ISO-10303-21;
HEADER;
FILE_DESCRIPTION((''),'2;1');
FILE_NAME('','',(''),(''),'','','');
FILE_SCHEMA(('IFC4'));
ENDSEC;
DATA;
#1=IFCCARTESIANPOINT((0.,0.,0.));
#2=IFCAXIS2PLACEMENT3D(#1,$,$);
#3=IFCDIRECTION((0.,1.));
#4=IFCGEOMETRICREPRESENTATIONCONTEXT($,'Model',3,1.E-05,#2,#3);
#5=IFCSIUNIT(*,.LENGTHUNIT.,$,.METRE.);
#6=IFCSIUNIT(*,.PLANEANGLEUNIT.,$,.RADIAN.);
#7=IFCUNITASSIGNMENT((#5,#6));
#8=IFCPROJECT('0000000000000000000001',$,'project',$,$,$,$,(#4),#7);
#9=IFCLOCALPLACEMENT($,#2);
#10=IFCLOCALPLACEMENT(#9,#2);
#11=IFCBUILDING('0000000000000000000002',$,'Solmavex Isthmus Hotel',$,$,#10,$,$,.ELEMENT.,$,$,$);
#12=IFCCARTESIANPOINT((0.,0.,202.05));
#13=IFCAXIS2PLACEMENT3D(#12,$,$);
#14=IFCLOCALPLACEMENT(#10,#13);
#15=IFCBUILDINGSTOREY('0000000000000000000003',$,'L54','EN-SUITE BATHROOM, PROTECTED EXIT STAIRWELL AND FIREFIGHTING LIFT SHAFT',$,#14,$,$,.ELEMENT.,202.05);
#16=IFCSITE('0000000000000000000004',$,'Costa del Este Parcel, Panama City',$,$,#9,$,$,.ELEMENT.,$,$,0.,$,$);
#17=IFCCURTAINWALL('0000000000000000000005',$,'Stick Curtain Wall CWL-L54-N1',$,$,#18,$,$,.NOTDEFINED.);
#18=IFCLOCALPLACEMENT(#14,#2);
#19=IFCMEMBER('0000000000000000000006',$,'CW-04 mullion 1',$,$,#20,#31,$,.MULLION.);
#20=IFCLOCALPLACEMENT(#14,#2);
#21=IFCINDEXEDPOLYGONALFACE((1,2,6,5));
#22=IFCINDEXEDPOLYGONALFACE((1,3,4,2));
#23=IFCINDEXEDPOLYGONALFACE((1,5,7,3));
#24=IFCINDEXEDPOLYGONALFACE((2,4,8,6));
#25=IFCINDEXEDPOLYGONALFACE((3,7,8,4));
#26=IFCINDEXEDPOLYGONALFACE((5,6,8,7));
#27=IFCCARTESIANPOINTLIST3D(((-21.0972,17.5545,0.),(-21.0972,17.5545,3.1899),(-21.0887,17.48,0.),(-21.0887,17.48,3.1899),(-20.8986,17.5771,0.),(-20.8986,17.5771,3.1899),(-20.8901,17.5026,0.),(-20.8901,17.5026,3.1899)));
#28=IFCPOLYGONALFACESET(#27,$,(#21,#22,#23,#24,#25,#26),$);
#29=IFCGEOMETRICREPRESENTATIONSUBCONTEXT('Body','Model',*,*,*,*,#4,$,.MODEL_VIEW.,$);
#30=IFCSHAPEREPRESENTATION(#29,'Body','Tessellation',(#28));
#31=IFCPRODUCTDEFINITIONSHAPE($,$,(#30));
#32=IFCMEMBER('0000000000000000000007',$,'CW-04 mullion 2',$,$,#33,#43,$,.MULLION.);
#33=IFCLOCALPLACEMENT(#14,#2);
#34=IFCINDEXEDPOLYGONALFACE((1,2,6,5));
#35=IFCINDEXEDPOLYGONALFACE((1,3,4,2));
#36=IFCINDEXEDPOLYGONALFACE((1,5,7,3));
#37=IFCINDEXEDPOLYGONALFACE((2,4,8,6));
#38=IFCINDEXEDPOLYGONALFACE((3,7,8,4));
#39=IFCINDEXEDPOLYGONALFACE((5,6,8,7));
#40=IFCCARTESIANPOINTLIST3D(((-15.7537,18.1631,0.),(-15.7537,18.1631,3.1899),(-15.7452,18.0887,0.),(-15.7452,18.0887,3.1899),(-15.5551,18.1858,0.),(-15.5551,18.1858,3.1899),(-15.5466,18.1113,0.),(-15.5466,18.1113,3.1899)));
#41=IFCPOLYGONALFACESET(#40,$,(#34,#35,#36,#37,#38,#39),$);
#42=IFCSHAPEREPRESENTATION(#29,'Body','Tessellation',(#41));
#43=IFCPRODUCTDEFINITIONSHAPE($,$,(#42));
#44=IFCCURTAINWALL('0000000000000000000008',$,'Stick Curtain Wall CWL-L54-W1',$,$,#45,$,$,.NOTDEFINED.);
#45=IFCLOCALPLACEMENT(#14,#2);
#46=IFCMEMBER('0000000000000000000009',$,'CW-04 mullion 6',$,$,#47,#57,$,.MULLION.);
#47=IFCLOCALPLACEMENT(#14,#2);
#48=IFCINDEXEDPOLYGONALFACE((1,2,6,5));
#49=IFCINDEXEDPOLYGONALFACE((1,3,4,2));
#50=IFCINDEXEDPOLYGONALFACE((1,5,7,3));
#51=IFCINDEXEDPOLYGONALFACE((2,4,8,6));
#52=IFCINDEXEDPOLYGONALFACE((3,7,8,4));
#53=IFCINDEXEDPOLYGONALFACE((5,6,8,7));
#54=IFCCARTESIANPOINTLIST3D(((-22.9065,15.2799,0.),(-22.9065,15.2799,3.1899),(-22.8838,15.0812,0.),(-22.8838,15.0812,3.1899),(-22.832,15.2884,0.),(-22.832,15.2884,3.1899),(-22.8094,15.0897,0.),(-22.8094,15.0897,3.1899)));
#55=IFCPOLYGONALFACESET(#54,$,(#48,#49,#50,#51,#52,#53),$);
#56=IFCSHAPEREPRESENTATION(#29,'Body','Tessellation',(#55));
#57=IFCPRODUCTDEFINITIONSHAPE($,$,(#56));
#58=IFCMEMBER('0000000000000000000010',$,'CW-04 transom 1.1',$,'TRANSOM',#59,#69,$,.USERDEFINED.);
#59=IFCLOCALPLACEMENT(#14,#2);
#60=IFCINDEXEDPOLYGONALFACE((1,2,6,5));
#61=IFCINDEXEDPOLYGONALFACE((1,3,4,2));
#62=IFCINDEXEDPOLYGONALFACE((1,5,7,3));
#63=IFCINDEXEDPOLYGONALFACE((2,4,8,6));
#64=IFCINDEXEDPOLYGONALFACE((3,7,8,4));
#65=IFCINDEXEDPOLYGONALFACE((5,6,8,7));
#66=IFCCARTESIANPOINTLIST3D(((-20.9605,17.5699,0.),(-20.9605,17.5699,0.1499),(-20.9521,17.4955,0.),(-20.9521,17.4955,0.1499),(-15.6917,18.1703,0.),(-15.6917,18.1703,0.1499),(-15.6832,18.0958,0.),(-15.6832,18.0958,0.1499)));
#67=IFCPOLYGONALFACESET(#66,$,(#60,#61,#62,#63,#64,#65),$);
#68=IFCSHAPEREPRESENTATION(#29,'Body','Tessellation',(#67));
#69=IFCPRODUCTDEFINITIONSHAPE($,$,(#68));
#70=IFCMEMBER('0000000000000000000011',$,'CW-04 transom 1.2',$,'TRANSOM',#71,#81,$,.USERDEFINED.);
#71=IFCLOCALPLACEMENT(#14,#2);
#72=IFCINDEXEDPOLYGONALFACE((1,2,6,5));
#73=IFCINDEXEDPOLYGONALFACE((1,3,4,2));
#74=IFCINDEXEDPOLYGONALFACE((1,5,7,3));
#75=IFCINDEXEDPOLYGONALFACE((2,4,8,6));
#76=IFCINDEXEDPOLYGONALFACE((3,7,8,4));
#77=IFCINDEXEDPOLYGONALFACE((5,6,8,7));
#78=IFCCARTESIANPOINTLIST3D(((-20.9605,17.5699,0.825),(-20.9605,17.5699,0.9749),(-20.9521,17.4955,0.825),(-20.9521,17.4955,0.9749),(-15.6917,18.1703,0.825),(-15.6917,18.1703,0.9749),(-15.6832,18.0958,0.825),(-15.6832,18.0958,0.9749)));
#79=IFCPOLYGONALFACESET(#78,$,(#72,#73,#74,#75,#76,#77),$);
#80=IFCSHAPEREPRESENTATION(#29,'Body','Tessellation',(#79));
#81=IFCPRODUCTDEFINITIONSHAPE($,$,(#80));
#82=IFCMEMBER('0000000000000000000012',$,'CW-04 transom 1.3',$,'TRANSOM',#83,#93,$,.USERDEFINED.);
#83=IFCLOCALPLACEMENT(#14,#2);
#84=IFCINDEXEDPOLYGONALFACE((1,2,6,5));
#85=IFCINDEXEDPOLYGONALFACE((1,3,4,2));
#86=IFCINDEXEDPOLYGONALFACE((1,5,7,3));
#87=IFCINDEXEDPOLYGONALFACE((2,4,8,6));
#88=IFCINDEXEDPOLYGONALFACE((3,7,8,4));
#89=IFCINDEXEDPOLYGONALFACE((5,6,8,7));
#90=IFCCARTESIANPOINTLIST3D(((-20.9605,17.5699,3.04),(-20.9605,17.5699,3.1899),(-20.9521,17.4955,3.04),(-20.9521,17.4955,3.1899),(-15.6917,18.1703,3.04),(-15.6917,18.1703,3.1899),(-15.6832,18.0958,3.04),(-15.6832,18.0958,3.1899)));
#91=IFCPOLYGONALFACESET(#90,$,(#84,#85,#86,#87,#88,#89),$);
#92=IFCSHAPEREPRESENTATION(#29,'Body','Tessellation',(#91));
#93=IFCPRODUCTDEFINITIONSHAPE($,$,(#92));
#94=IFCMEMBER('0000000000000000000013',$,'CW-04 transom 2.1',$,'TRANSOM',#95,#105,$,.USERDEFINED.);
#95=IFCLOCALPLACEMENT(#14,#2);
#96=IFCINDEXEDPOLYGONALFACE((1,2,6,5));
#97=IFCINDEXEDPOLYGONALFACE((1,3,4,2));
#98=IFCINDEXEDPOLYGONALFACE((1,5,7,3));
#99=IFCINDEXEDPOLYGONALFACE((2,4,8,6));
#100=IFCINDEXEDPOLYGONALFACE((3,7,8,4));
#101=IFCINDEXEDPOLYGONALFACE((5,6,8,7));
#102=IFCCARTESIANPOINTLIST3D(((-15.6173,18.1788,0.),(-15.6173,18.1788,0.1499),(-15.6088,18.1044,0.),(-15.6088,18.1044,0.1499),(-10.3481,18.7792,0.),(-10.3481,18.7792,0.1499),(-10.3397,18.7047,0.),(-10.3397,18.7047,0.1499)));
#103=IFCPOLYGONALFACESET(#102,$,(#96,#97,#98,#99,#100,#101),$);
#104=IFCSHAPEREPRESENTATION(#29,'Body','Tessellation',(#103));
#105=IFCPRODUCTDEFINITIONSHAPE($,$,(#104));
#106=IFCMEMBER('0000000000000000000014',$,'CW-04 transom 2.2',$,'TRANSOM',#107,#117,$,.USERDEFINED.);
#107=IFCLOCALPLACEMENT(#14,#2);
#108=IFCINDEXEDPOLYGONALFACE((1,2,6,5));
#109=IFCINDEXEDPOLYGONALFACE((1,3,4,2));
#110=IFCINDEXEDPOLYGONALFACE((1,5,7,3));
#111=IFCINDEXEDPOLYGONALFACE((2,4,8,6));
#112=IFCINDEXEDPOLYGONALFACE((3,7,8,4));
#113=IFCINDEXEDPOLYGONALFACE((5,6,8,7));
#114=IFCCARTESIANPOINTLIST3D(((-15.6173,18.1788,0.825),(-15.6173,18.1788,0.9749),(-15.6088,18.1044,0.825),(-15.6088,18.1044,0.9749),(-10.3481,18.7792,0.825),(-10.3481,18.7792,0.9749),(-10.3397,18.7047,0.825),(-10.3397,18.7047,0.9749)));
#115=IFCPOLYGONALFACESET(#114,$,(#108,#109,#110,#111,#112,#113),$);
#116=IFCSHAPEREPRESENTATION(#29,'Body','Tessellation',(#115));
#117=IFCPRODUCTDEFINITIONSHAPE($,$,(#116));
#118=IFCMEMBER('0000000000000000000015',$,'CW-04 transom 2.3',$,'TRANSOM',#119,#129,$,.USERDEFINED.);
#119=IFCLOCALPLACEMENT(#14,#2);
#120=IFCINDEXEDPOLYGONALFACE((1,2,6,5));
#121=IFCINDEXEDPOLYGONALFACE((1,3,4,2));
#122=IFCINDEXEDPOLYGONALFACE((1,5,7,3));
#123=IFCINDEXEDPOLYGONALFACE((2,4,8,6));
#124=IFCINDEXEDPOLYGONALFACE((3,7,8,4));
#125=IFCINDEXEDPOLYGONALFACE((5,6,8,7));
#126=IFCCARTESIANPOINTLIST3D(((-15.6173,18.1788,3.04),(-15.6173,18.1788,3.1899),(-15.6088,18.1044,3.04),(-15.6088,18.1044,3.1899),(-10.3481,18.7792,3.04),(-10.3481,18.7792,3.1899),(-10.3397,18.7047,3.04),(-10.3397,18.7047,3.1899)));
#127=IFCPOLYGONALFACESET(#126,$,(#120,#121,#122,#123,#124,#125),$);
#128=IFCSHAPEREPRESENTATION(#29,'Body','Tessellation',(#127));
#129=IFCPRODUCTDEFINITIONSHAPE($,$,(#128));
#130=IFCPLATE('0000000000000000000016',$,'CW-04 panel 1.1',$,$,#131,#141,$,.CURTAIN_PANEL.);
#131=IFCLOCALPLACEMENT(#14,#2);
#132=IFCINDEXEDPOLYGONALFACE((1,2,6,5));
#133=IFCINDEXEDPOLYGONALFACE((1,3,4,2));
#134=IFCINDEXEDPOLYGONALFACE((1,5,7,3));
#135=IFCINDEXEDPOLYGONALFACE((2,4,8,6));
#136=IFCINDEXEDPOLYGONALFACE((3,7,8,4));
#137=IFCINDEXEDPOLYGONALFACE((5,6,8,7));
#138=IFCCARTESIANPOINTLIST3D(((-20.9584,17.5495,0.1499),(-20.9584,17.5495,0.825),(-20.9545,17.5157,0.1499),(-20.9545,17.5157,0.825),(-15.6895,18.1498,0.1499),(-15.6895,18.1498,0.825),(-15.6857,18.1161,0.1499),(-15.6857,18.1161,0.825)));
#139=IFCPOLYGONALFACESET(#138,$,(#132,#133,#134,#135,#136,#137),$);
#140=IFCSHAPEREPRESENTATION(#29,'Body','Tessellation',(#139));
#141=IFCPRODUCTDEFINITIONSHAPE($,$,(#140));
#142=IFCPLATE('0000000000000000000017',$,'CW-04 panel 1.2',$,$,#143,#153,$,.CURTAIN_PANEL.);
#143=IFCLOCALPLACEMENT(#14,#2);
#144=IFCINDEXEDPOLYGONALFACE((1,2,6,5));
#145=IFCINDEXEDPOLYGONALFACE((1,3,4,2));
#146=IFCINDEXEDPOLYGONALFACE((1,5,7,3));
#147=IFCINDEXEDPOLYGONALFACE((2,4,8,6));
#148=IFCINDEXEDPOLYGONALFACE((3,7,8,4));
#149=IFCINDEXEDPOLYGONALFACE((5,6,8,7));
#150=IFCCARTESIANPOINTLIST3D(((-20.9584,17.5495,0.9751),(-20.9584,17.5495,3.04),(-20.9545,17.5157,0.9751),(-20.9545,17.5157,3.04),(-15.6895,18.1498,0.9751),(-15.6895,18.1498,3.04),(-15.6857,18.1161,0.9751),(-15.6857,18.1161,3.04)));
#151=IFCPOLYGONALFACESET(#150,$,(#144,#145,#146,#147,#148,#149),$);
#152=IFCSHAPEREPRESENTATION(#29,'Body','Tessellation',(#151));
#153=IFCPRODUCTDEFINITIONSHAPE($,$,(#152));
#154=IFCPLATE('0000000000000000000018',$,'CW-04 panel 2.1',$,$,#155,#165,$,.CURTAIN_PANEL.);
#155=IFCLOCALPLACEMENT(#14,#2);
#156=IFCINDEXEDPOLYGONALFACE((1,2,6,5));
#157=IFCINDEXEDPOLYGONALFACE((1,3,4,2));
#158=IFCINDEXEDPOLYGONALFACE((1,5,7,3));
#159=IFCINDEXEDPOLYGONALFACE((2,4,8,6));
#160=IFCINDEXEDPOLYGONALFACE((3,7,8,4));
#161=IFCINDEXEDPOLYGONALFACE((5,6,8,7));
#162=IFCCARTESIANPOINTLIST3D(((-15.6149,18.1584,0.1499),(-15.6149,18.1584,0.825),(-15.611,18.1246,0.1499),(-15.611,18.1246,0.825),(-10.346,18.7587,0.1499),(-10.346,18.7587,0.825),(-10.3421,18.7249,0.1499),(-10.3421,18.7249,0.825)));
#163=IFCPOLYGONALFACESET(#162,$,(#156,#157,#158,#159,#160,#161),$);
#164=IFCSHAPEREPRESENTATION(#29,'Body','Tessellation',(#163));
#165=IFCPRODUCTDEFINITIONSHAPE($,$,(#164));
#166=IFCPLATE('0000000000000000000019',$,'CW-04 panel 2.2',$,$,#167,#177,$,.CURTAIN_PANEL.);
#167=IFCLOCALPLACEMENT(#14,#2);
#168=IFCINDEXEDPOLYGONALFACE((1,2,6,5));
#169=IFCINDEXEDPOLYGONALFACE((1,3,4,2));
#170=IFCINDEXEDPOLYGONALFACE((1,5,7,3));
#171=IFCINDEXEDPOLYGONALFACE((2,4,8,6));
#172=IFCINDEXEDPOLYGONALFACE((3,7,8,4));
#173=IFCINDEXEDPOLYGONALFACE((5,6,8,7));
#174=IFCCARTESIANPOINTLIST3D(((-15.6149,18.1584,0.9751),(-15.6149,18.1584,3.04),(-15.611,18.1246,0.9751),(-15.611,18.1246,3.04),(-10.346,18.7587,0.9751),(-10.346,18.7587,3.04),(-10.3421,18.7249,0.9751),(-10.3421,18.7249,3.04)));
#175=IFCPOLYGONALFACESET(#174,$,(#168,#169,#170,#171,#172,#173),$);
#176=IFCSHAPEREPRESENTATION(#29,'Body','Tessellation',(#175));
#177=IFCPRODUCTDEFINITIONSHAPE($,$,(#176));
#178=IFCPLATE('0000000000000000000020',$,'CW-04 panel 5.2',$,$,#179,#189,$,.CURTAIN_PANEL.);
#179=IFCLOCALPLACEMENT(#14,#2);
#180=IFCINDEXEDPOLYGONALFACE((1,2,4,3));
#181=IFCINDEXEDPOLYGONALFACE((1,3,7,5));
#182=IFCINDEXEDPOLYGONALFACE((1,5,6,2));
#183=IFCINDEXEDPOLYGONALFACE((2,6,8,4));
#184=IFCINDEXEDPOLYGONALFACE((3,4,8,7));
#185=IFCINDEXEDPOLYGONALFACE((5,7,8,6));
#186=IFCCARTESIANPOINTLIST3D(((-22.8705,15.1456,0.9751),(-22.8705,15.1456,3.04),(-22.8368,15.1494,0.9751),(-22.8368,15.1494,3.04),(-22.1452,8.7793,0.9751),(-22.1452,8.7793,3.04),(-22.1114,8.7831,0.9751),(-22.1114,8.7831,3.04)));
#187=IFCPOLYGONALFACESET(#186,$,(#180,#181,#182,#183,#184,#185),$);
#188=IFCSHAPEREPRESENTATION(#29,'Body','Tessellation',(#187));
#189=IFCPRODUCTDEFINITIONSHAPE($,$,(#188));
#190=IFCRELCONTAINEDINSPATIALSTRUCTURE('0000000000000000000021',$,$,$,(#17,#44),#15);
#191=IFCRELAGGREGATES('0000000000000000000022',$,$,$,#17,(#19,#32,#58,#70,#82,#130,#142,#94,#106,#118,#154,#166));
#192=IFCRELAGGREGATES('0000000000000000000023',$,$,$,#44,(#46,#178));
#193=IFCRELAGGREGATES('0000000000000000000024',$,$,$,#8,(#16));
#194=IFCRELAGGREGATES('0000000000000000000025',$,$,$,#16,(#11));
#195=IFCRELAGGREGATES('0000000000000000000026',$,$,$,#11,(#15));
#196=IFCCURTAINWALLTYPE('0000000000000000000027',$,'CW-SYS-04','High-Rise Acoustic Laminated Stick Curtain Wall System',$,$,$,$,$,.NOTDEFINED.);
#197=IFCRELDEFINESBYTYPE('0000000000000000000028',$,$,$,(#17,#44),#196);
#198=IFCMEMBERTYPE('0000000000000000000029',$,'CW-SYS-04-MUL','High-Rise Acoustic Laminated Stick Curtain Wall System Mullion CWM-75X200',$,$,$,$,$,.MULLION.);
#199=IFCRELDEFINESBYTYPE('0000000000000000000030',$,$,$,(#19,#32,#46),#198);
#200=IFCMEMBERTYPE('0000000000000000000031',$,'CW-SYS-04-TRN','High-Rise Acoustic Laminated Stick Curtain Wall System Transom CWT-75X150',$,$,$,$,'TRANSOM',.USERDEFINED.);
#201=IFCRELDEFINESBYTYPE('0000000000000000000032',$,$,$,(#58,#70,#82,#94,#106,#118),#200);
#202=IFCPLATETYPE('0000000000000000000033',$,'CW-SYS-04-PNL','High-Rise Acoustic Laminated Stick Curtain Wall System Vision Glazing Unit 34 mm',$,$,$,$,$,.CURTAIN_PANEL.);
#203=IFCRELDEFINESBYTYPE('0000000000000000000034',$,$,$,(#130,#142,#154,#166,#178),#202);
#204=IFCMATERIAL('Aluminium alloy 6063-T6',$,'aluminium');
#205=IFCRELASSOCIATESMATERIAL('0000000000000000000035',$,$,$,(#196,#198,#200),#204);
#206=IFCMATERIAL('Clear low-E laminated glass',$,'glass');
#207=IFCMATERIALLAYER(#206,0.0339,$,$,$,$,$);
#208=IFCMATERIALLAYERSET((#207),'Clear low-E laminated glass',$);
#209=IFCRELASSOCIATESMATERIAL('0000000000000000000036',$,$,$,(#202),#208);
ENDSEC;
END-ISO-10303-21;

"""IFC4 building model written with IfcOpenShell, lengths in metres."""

from ifc_helpers import new_model, si_unit, direction, frame, origin, origin_2d, place, context, subcontext, project, spatial, rectangle, extrude, material, layer, layer_set, material_profile, profile_set, type_object, element, aggregate, save


model = new_model("IFC4")

# Units and contexts
model_context = context("Model", 3, precision=1e-05, world=origin(), true_north=direction((0.0, 1.0)))
body_context = subcontext(model_context, "Body", "Model", "MODEL_VIEW")
ifc_project = project(units=[si_unit("LENGTHUNIT", "METRE"), si_unit("PLANEANGLEUNIT", "RADIAN")], contexts=[model_context])

# Site, building, storey
site_placement = place(None, origin())
site = spatial("IfcSite", under=ifc_project, at=site_placement, Name="Costa del Este Parcel, Panama City", CompositionType="ELEMENT", RefElevation=0.0)
building_placement = place(site_placement, origin())
building = spatial("IfcBuilding", under=site, at=building_placement, Name="Solmavex Isthmus Hotel", CompositionType="ELEMENT")
storey_placement = place(building_placement, frame((0.0, 0.0, 202.05)))
storey = spatial("IfcBuildingStorey", under=building, at=storey_placement, Name="L54", Description="EN-SUITE BATHROOM, PROTECTED EXIT STAIRWELL AND FIREFIGHTING LIFT SHAFT", CompositionType="ELEMENT", Elevation=202.05)

# Curtain wall, members
ifc_material_1 = material(Name="Aluminium alloy 6063-T6", Category="aluminium")
curtain_wall_type = type_object("IfcCurtainWallType", Name="CW-SYS-04", Description="High-Rise Acoustic Laminated Stick Curtain Wall System", PredefinedType="NOTDEFINED", material=ifc_material_1)
curtain_wall_1_placement = place(storey_placement, origin())
curtain_wall_1 = element("IfcCurtainWall", 1, at=curtain_wall_1_placement, inside=storey, type_object=curtain_wall_type, Name="Stick Curtain Wall CWL-L54-N1", PredefinedType="NOTDEFINED")
ifc_material_profile_1 = material_profile(ifc_material_1, rectangle(XDim=0.075, YDim=0.2, at=origin_2d()), Name="CWM-75X200")
ifc_profile_set_1 = profile_set([ifc_material_profile_1], Name="Aluminium alloy 6063-T6")
member_type_1 = type_object("IfcMemberType", Name="CW-SYS-04-MUL", Description="High-Rise Acoustic Laminated Stick Curtain Wall System Mullion CWM-75X200", PredefinedType="MULLION", material=ifc_profile_set_1)
member_1_placement = place(storey_placement, frame((-20.9937, 17.5286, 0.0), z_axis=(0.0, 0.0, 1.0), x_axis=(-0.113203, 0.993572, 0.0)))
member_1 = element("IfcMember", 2, at=member_1_placement, type_object=member_type_1, Name="CW-04 mullion 1", PredefinedType="MULLION", context=body_context, shape_type="SweptSolid", body=[
    extrude(rectangle(XDim=0.075, YDim=0.2, at=origin_2d()), origin(), (0.0, 0.0, 1.0), 3.1899),
])
member_2_placement = place(storey_placement, frame((-15.6501, 18.1372, 0.0), z_axis=(0.0, 0.0, 1.0), x_axis=(-0.113203, 0.993572, 0.0)))
member_2 = element("IfcMember", 3, at=member_2_placement, type_object=member_type_1, Name="CW-04 mullion 2", PredefinedType="MULLION", context=body_context, shape_type="SweptSolid", body=[
    extrude(rectangle(XDim=0.075, YDim=0.2, at=origin_2d()), origin(), (0.0, 0.0, 1.0), 3.1899),
])

# Curtain wall, member
curtain_wall_2_placement = place(storey_placement, origin())
curtain_wall_2 = element("IfcCurtainWall", 4, at=curtain_wall_2_placement, inside=storey, type_object=curtain_wall_type, Name="Stick Curtain Wall CWL-L54-W1", PredefinedType="NOTDEFINED")
member_3_placement = place(storey_placement, frame((-22.8579, 15.1848, 0.0), z_axis=(0.0, 0.0, 1.0), x_axis=(-0.993572, -0.113203, 0.0)))
member_3 = element("IfcMember", 5, at=member_3_placement, type_object=member_type_1, Name="CW-04 mullion 6", PredefinedType="MULLION", context=body_context, shape_type="SweptSolid", body=[
    extrude(rectangle(XDim=0.075, YDim=0.2, at=origin_2d()), origin(), (0.0, 0.0, 1.0), 3.1899),
])

# Members
ifc_material_profile_2 = material_profile(ifc_material_1, rectangle(XDim=0.075, YDim=0.1499, at=origin_2d()), Name="CWT-75X150")
ifc_profile_set_2 = profile_set([ifc_material_profile_2], Name="Aluminium alloy 6063-T6")
member_type_2 = type_object("IfcMemberType", Name="CW-SYS-04-TRN", Description="High-Rise Acoustic Laminated Stick Curtain Wall System Transom CWT-75X150", ElementType="TRANSOM", PredefinedType="USERDEFINED", material=ifc_profile_set_2)
member_4_placement = place(storey_placement, frame((-20.9563, 17.5327, 0.075), z_axis=(0.993571, 0.11321, 0.0), x_axis=(-0.11321, 0.993571, 0.0)))
member_4 = element("IfcMember", 6, at=member_4_placement, type_object=member_type_2, Name="CW-04 transom 1.1", ObjectType="TRANSOM", PredefinedType="USERDEFINED", context=body_context, shape_type="SweptSolid", body=[
    extrude(rectangle(XDim=0.075, YDim=0.1499, at=origin_2d()), origin(), (0.0, 0.0, 1.0), 5.303),
])
member_5_placement = place(storey_placement, frame((-20.9563, 17.5327, 0.8999), z_axis=(0.993571, 0.11321, 0.0), x_axis=(-0.11321, 0.993571, 0.0)))
member_5 = element("IfcMember", 7, at=member_5_placement, type_object=member_type_2, Name="CW-04 transom 1.2", ObjectType="TRANSOM", PredefinedType="USERDEFINED", context=body_context, shape_type="SweptSolid", body=[
    extrude(rectangle(XDim=0.075, YDim=0.1499, at=origin_2d()), origin(), (0.0, 0.0, 1.0), 5.303),
])
member_6_placement = place(storey_placement, frame((-20.9563, 17.5327, 3.115), z_axis=(0.993571, 0.11321, 0.0), x_axis=(-0.11321, 0.993571, 0.0)))
member_6 = element("IfcMember", 8, at=member_6_placement, type_object=member_type_2, Name="CW-04 transom 1.3", ObjectType="TRANSOM", PredefinedType="USERDEFINED", context=body_context, shape_type="SweptSolid", body=[
    extrude(rectangle(XDim=0.075, YDim=0.1499, at=origin_2d()), origin(), (0.0, 0.0, 1.0), 5.303),
])
member_7_placement = place(storey_placement, frame((-15.613, 18.1416, 0.075), z_axis=(0.993572, 0.113205, 0.0), x_axis=(-0.113205, 0.993572, 0.0)))
member_7 = element("IfcMember", 9, at=member_7_placement, type_object=member_type_2, Name="CW-04 transom 2.1", ObjectType="TRANSOM", PredefinedType="USERDEFINED", context=body_context, shape_type="SweptSolid", body=[
    extrude(rectangle(XDim=0.075, YDim=0.1499, at=origin_2d()), origin(), (0.0, 0.0, 1.0), 5.3032),
])
member_8_placement = place(storey_placement, frame((-15.613, 18.1416, 0.8999), z_axis=(0.993572, 0.113205, 0.0), x_axis=(-0.113205, 0.993572, 0.0)))
member_8 = element("IfcMember", 10, at=member_8_placement, type_object=member_type_2, Name="CW-04 transom 2.2", ObjectType="TRANSOM", PredefinedType="USERDEFINED", context=body_context, shape_type="SweptSolid", body=[
    extrude(rectangle(XDim=0.075, YDim=0.1499, at=origin_2d()), origin(), (0.0, 0.0, 1.0), 5.3032),
])
member_9_placement = place(storey_placement, frame((-15.613, 18.1416, 3.115), z_axis=(0.993572, 0.113205, 0.0), x_axis=(-0.113205, 0.993572, 0.0)))
member_9 = element("IfcMember", 11, at=member_9_placement, type_object=member_type_2, Name="CW-04 transom 2.3", ObjectType="TRANSOM", PredefinedType="USERDEFINED", context=body_context, shape_type="SweptSolid", body=[
    extrude(rectangle(XDim=0.075, YDim=0.1499, at=origin_2d()), origin(), (0.0, 0.0, 1.0), 5.3032),
])

# Plates
ifc_material_2 = material(Name="Clear low-E laminated glass", Category="glass")
ifc_layer_1 = layer(ifc_material_2, 0.0339)
ifc_layer_set_1 = layer_set([ifc_layer_1], Name="Clear low-E laminated glass")
plate_type = type_object("IfcPlateType", Name="CW-SYS-04-PNL", Description="High-Rise Acoustic Laminated Stick Curtain Wall System Vision Glazing Unit 34 mm", PredefinedType="CURTAIN_PANEL", material=ifc_layer_set_1)
plate_1_placement = place(storey_placement, frame((-18.322, 17.8328, 0.1499), z_axis=(0.0, 0.0, 1.0), x_axis=(0.993572, 0.113203, 0.0)))
plate_1 = element("IfcPlate", 12, at=plate_1_placement, type_object=plate_type, Name="CW-04 panel 1.1", PredefinedType="CURTAIN_PANEL", context=body_context, shape_type="SweptSolid", body=[
    extrude(rectangle(XDim=5.303, YDim=0.0339, at=origin_2d()), origin(), (0.0, 0.0, 1.0), 0.675),
])
plate_2_placement = place(storey_placement, frame((-18.322, 17.8328, 0.9751), z_axis=(0.0, 0.0, 1.0), x_axis=(0.993572, 0.113203, 0.0)))
plate_2 = element("IfcPlate", 13, at=plate_2_placement, type_object=plate_type, Name="CW-04 panel 1.2", PredefinedType="CURTAIN_PANEL", context=body_context, shape_type="SweptSolid", body=[
    extrude(rectangle(XDim=5.303, YDim=0.0339, at=origin_2d()), origin(), (0.0, 0.0, 1.0), 2.0649),
])
plate_3_placement = place(storey_placement, frame((-12.9785, 18.4417, 0.1499), z_axis=(0.0, 0.0, 1.0), x_axis=(0.993572, 0.113203, 0.0)))
plate_3 = element("IfcPlate", 14, at=plate_3_placement, type_object=plate_type, Name="CW-04 panel 2.1", PredefinedType="CURTAIN_PANEL", context=body_context, shape_type="SweptSolid", body=[
    extrude(rectangle(XDim=5.303, YDim=0.0339, at=origin_2d()), origin(), (0.0, 0.0, 1.0), 0.675),
])
plate_4_placement = place(storey_placement, frame((-12.9785, 18.4417, 0.9751), z_axis=(0.0, 0.0, 1.0), x_axis=(0.993572, 0.113203, 0.0)))
plate_4 = element("IfcPlate", 15, at=plate_4_placement, type_object=plate_type, Name="CW-04 panel 2.2", PredefinedType="CURTAIN_PANEL", context=body_context, shape_type="SweptSolid", body=[
    extrude(rectangle(XDim=5.303, YDim=0.0339, at=origin_2d()), origin(), (0.0, 0.0, 1.0), 2.0649),
])
aggregate(curtain_wall_1, [member_1, member_2, member_4, member_5, member_6, plate_1, plate_2, member_7, member_8, member_9, plate_3, plate_4])
plate_5_placement = place(storey_placement, frame((-22.491, 11.9644, 0.9751), z_axis=(0.0, 0.0, 1.0), x_axis=(-0.113203, 0.993572, 0.0)))
plate_5 = element("IfcPlate", 16, at=plate_5_placement, type_object=plate_type, Name="CW-04 panel 5.2", PredefinedType="CURTAIN_PANEL", context=body_context, shape_type="SweptSolid", body=[
    extrude(rectangle(XDim=6.4075, YDim=0.0339, at=origin_2d()), origin(), (0.0, 0.0, 1.0), 2.0649),
])
aggregate(curtain_wall_2, [member_3, plate_5])

save(model, "model.ifc")
